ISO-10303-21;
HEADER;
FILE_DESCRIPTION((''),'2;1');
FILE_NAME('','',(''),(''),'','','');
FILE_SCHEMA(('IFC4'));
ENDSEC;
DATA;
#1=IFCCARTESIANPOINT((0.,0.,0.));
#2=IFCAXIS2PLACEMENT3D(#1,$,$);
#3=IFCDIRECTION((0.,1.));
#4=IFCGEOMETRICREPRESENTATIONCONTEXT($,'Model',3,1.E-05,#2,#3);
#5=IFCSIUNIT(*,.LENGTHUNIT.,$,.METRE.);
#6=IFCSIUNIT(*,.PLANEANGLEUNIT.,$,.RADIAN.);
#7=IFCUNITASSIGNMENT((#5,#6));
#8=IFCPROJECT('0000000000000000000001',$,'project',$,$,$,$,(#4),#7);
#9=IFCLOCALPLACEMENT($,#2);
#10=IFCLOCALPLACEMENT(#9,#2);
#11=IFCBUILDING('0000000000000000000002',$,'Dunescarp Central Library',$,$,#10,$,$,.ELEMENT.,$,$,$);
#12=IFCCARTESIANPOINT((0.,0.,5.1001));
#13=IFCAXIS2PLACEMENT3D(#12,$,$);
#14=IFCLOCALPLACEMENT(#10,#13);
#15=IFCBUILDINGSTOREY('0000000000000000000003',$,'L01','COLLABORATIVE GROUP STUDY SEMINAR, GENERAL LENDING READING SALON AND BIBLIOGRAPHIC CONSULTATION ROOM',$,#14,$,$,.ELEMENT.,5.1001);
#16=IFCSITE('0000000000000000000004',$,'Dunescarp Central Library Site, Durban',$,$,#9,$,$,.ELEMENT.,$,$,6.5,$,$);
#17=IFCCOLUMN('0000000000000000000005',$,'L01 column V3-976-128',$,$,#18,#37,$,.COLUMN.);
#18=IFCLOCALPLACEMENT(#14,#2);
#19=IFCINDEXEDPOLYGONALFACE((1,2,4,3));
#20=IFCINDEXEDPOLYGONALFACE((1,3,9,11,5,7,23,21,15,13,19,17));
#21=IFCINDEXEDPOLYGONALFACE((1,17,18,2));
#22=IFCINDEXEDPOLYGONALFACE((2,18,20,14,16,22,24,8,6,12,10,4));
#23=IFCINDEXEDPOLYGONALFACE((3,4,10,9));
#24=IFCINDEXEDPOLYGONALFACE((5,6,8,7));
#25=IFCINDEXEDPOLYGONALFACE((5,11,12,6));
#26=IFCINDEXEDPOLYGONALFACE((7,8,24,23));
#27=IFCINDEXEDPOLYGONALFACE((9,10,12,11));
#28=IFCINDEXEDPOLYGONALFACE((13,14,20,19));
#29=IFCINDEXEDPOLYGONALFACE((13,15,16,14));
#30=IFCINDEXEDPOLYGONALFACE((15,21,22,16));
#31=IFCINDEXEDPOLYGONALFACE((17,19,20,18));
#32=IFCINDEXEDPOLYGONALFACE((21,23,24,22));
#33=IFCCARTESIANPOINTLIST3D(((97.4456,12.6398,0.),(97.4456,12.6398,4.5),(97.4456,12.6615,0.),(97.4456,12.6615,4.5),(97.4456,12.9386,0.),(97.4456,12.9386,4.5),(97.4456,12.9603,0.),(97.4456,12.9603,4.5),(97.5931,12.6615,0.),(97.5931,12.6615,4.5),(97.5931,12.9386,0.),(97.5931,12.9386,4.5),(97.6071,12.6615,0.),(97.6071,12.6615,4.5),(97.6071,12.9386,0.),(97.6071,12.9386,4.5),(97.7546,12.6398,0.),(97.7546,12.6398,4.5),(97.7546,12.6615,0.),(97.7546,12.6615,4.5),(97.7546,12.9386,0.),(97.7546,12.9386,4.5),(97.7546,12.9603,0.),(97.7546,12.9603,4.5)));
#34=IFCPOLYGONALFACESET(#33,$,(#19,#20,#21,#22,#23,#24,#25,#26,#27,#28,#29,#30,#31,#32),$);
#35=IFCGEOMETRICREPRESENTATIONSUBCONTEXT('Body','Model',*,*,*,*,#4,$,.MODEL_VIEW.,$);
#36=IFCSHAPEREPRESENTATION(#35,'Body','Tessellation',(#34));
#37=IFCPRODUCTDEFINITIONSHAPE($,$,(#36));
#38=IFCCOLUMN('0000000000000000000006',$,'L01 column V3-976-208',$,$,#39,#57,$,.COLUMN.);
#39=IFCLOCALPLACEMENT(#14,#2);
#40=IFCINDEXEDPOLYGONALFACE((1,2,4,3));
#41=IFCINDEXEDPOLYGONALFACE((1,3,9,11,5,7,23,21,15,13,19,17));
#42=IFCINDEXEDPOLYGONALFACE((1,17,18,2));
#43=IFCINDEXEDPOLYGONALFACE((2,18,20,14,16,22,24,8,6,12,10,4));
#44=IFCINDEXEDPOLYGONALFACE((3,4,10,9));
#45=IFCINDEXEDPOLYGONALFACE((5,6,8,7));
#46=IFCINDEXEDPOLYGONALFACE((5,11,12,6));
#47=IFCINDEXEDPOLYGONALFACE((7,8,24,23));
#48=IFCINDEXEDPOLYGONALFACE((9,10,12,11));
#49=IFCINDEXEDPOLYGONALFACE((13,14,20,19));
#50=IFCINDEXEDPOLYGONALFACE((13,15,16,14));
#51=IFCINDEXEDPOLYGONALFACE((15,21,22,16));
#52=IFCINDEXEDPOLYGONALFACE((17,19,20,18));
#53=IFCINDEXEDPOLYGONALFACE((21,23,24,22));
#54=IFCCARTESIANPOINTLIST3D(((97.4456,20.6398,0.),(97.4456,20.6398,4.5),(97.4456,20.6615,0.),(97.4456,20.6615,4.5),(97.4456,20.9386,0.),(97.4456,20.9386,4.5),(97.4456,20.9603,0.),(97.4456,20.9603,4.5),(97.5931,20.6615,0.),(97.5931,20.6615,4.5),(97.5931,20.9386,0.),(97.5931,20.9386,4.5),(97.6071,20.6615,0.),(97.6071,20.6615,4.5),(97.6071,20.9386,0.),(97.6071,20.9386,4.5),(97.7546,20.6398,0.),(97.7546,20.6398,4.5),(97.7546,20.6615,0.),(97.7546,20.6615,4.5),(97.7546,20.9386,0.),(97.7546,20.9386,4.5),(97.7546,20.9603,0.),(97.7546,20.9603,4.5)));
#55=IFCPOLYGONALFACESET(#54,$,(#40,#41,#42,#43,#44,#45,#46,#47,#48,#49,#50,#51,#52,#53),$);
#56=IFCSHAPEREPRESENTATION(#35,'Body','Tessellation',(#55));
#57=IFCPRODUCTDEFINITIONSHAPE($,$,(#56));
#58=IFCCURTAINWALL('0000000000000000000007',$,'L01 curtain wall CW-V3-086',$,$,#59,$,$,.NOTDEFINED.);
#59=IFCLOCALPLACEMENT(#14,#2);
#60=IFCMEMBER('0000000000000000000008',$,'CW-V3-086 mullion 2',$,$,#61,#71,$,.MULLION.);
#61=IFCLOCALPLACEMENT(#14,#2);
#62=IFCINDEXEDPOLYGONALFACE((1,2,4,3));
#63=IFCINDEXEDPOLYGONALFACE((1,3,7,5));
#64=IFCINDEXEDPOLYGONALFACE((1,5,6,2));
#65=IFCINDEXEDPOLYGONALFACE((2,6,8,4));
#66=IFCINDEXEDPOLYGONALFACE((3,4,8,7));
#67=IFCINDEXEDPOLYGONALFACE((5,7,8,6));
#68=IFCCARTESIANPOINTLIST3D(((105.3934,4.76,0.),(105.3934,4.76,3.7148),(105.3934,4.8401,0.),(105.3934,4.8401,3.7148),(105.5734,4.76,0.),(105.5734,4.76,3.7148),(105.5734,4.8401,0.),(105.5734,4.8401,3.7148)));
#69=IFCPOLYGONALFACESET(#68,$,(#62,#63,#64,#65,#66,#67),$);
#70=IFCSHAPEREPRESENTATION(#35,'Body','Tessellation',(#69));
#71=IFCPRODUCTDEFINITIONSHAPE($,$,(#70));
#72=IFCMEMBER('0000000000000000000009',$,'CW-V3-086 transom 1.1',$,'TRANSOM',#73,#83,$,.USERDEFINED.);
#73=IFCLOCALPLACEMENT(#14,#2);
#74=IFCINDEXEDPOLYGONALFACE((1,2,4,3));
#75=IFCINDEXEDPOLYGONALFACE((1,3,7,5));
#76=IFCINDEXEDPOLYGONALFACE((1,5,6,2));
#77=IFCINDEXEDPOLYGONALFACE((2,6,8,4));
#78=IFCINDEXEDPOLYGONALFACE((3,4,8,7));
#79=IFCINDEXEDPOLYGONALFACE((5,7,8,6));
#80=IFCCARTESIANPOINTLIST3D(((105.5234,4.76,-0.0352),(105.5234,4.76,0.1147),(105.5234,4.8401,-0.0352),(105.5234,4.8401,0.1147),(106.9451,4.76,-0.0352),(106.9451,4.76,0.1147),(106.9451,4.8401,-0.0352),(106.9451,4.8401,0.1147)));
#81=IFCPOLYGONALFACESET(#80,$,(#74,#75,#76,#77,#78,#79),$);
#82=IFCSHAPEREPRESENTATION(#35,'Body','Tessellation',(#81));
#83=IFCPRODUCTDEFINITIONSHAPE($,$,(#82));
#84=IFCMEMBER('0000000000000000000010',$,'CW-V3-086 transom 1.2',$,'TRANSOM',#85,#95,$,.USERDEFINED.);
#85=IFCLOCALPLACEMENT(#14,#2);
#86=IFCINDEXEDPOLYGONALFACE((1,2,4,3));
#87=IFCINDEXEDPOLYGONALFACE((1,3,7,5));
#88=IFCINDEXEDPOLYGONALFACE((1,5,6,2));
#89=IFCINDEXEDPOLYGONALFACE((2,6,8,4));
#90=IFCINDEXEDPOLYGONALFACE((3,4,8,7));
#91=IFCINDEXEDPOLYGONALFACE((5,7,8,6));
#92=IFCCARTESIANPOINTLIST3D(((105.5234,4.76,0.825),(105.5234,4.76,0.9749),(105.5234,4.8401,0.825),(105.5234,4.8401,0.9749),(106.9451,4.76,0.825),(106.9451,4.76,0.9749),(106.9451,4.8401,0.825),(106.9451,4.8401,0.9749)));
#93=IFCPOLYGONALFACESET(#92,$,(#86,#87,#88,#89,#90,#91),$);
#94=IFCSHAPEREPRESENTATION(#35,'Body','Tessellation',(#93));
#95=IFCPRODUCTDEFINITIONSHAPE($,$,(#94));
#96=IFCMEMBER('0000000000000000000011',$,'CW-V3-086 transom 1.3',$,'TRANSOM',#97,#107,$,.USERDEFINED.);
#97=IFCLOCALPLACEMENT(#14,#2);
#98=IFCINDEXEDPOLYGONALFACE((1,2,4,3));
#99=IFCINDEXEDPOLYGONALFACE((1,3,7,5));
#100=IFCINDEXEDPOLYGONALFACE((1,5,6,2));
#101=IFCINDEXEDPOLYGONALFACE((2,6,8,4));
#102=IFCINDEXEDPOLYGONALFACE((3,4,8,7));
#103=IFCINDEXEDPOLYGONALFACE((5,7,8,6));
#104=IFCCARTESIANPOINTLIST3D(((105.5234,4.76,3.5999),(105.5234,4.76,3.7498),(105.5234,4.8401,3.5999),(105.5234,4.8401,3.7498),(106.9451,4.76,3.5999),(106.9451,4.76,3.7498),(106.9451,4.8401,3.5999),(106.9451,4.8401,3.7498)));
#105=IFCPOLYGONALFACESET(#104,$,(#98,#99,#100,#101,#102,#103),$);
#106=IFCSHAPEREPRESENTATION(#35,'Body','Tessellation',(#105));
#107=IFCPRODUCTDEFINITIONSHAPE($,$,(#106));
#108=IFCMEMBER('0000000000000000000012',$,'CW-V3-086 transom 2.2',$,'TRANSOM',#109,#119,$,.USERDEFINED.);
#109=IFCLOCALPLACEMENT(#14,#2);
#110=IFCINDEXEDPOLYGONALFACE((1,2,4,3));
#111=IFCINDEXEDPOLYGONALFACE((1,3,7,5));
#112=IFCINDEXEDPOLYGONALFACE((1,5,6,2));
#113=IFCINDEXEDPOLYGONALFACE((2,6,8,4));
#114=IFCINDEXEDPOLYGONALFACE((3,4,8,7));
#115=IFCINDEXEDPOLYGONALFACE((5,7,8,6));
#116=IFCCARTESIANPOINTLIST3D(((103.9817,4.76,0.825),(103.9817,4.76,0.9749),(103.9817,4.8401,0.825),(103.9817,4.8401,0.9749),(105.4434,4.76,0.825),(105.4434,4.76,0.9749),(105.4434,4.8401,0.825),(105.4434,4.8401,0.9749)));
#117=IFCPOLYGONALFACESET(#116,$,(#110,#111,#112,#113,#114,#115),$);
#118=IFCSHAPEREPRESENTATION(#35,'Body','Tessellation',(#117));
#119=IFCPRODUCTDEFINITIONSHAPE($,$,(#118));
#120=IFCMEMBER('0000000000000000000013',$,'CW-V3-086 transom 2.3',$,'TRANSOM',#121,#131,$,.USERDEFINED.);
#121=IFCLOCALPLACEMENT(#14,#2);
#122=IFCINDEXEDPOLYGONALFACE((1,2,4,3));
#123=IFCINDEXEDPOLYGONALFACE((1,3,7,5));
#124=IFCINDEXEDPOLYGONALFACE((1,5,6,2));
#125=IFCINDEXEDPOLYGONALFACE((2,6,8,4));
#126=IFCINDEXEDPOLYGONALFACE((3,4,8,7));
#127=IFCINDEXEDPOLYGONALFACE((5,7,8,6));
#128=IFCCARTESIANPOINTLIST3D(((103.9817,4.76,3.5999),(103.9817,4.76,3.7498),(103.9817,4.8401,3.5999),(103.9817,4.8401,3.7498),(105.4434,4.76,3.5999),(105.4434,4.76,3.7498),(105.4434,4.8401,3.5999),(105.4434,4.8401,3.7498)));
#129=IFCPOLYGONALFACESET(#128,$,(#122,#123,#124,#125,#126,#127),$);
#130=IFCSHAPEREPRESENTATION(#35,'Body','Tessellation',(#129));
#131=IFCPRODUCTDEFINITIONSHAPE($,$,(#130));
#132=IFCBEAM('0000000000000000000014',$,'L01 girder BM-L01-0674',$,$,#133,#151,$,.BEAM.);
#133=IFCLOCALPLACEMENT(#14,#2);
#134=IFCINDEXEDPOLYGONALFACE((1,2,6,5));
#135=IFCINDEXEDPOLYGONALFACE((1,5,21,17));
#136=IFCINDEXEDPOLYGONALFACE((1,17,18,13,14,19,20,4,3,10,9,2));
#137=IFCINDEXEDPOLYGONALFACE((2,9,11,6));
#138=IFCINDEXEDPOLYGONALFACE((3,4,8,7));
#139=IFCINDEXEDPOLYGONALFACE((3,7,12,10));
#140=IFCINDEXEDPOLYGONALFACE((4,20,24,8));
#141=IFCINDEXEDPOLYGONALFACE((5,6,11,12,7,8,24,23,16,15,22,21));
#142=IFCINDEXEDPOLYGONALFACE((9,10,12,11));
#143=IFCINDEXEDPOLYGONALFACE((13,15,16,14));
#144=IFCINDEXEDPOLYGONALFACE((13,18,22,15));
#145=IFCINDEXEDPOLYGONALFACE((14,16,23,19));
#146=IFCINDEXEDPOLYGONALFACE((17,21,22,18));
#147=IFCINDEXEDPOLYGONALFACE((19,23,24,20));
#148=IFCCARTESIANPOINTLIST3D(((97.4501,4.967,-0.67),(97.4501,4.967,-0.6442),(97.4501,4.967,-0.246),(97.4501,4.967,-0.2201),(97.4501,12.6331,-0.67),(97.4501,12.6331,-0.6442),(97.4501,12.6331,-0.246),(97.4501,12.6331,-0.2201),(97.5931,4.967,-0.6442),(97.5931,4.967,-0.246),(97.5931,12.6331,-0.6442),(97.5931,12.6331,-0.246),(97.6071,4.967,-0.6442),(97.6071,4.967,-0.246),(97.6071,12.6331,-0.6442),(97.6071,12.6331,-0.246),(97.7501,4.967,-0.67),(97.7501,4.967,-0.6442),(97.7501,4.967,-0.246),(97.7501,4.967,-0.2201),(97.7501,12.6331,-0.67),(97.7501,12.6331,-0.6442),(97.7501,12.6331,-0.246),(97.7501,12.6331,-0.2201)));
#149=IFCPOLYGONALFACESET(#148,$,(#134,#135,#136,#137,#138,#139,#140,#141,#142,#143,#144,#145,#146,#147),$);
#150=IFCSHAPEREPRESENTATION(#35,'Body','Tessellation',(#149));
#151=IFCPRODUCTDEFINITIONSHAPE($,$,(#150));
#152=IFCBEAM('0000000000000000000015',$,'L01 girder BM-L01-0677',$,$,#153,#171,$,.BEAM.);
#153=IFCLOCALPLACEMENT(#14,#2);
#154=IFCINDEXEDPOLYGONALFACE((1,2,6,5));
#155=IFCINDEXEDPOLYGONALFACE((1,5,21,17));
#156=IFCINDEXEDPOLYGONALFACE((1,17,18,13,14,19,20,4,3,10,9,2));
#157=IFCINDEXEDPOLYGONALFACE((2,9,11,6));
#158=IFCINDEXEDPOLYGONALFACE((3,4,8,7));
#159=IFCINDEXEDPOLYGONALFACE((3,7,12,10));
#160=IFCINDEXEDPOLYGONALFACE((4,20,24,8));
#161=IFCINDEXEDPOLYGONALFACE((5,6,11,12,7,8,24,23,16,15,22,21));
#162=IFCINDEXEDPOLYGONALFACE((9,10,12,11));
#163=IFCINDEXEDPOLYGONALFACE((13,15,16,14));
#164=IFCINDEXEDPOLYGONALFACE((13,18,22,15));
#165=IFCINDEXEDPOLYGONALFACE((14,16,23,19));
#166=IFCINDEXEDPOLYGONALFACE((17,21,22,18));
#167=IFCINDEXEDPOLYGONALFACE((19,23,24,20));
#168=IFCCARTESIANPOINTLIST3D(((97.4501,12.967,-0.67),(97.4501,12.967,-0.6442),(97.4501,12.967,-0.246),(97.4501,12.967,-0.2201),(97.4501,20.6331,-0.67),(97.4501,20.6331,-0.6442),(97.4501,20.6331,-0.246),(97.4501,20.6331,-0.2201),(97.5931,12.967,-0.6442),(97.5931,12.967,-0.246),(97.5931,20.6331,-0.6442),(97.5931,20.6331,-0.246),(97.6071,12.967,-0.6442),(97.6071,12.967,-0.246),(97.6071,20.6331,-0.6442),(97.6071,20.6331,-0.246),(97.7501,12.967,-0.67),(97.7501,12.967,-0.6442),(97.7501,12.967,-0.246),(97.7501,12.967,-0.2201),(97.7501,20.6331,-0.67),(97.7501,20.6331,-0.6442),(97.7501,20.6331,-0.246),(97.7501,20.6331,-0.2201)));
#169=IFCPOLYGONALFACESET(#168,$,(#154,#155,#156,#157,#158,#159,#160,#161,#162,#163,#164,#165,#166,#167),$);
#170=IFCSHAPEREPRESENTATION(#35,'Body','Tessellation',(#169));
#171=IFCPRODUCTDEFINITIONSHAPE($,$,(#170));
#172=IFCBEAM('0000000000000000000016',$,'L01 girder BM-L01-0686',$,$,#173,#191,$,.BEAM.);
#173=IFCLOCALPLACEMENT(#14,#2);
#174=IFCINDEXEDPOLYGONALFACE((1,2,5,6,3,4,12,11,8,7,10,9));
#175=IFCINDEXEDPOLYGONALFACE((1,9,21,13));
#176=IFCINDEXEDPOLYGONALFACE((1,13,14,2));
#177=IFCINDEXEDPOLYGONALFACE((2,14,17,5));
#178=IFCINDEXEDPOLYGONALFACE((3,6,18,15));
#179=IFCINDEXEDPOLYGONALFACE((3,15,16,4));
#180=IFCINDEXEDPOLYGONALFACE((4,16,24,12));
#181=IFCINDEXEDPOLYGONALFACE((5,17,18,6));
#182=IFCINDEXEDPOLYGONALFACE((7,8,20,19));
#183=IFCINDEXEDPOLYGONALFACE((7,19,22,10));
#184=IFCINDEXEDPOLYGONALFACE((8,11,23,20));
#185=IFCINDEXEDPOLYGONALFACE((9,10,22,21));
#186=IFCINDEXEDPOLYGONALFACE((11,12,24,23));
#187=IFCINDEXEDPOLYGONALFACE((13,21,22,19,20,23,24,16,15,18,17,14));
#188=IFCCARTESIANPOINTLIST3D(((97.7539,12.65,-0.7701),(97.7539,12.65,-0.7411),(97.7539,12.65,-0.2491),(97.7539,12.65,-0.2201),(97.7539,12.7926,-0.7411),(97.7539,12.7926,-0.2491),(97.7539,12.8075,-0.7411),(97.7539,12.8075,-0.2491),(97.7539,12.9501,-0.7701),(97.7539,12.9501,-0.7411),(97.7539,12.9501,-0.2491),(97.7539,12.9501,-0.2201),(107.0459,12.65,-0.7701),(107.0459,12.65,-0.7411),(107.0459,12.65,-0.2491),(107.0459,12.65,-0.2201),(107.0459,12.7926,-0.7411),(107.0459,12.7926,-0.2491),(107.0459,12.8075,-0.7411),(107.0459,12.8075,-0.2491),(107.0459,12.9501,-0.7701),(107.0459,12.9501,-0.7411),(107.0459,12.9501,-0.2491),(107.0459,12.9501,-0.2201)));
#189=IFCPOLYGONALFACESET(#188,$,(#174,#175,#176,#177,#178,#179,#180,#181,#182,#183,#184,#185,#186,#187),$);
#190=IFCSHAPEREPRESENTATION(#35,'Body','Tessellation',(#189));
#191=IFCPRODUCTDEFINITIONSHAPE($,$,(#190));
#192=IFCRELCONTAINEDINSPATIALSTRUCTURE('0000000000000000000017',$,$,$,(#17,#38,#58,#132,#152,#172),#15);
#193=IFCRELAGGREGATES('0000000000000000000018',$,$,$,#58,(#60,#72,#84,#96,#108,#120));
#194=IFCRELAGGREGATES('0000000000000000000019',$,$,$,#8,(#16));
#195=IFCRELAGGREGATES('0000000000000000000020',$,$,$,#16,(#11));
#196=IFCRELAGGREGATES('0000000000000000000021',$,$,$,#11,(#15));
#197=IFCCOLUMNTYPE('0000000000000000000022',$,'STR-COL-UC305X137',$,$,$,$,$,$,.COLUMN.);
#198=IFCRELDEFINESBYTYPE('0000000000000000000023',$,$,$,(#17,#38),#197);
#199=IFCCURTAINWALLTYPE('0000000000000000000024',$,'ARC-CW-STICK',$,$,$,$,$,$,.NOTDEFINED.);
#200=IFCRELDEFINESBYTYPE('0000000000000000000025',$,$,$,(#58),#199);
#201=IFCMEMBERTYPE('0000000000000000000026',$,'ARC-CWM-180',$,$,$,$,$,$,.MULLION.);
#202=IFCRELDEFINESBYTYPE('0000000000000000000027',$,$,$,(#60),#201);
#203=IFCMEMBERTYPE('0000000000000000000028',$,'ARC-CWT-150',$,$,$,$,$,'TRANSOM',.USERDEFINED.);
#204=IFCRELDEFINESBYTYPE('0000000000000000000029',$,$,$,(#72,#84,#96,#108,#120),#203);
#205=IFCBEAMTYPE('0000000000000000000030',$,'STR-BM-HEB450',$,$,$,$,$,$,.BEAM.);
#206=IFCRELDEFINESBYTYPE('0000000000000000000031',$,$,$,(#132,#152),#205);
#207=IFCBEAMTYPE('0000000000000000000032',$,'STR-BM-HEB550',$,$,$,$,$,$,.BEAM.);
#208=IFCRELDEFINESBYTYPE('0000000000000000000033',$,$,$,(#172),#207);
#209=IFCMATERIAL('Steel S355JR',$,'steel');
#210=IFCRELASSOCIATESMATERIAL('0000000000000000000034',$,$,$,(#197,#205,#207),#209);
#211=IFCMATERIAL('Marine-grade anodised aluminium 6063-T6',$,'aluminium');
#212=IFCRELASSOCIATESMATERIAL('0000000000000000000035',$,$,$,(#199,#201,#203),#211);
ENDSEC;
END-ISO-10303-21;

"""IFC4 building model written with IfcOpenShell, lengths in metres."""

from ifc_helpers import new_model, si_unit, direction, frame, origin, origin_2d, place, context, subcontext, project, spatial, rectangle, i_section, extrude, material, material_profile, profile_set, type_object, element, aggregate, save


model = new_model("IFC4")

# Units and contexts
model_context = context("Model", 3, precision=1e-05, world=origin(), true_north=direction((0.0, 1.0)))
body_context = subcontext(model_context, "Body", "Model", "MODEL_VIEW")
ifc_project = project(units=[si_unit("LENGTHUNIT", "METRE"), si_unit("PLANEANGLEUNIT", "RADIAN")], contexts=[model_context])

# Site, building, storey
site_placement = place(None, origin())
site = spatial("IfcSite", under=ifc_project, at=site_placement, Name="Dunescarp Central Library Site, Durban", CompositionType="ELEMENT", RefElevation=6.5)
building_placement = place(site_placement, origin())
building = spatial("IfcBuilding", under=site, at=building_placement, Name="Dunescarp Central Library", CompositionType="ELEMENT")
storey_placement = place(building_placement, frame((0.0, 0.0, 5.1001)))
storey = spatial("IfcBuildingStorey", under=building, at=storey_placement, Name="L01", Description="COLLABORATIVE GROUP STUDY SEMINAR, GENERAL LENDING READING SALON AND BIBLIOGRAPHIC CONSULTATION ROOM", CompositionType="ELEMENT", Elevation=5.1001)

# Columns
ifc_material_1 = material(Name="Steel S355JR", Category="steel")
ifc_material_profile_1 = material_profile(ifc_material_1, i_section(OverallWidth=0.3091, OverallDepth=0.3206, WebThickness=0.0139, FlangeThickness=0.0217, at=origin_2d()), Name="UC 305x305x137")
ifc_profile_set_1 = profile_set([ifc_material_profile_1], Name="Steel S355JR")
column_type = type_object("IfcColumnType", Name="STR-COL-UC305X137", PredefinedType="COLUMN", material=ifc_profile_set_1)
for number, where, z_axis, x_axis, name in (
    (1, (97.6001, 12.8, 0.0), (0.0, 0.0, 1.0), (1.0, 0.0, 0.0), "L01 column V3-976-128"),
    (2, (97.6001, 20.8, 0.0), (0.0, 0.0, 1.0), (1.0, 0.0, 0.0), "L01 column V3-976-208"),
):
    element("IfcColumn", number, at=place(storey_placement, frame(where, z_axis=z_axis, x_axis=x_axis)), inside=storey, type_object=column_type, Name=name, PredefinedType="COLUMN", context=body_context, shape_type="SweptSolid", body=[
        extrude(i_section(OverallWidth=0.3091, OverallDepth=0.3206, WebThickness=0.0139, FlangeThickness=0.0217, at=origin_2d()), origin(), (0.0, 0.0, 1.0), 4.5),
    ])

# Curtain wall, members
ifc_material_2 = material(Name="Marine-grade anodised aluminium 6063-T6", Category="aluminium")
curtain_wall_type = type_object("IfcCurtainWallType", Name="ARC-CW-STICK", PredefinedType="NOTDEFINED", material=ifc_material_2)
curtain_wall_placement = place(storey_placement, origin())
curtain_wall = element("IfcCurtainWall", 3, at=curtain_wall_placement, inside=storey, type_object=curtain_wall_type, Name="L01 curtain wall CW-V3-086", PredefinedType="NOTDEFINED")
ifc_material_profile_2 = material_profile(ifc_material_2, rectangle(XDim=0.0801, YDim=0.1799, at=origin_2d()), Name="AL 80x180")
ifc_profile_set_2 = profile_set([ifc_material_profile_2], Name="Marine-grade anodised aluminium 6063-T6")
member_type_1 = type_object("IfcMemberType", Name="ARC-CWM-180", PredefinedType="MULLION", material=ifc_profile_set_2)
member_1_placement = place(storey_placement, frame((105.4834, 4.8, 0.0), z_axis=(0.0, 0.0, 1.0), x_axis=(0.0, -1.0, 0.0)))
member_1 = element("IfcMember", 4, at=member_1_placement, type_object=member_type_1, Name="CW-V3-086 mullion 2", PredefinedType="MULLION", context=body_context, shape_type="SweptSolid", body=[
    extrude(rectangle(XDim=0.0801, YDim=0.1799, at=origin_2d()), origin(), (0.0, 0.0, 1.0), 3.7148),
])
ifc_material_profile_3 = material_profile(ifc_material_2, rectangle(XDim=0.0801, YDim=0.1499, at=origin_2d()), Name="AL 80x150")
ifc_profile_set_3 = profile_set([ifc_material_profile_3], Name="Marine-grade anodised aluminium 6063-T6")
member_type_2 = type_object("IfcMemberType", Name="ARC-CWT-150", ElementType="TRANSOM", PredefinedType="USERDEFINED", material=ifc_profile_set_3)
member_2_placement = place(storey_placement, frame((106.9451, 4.8, 0.0398), z_axis=(-1.0, 0.0, 0.0), x_axis=(0.0, -1.0, 0.0)))
member_2 = element("IfcMember", 5, at=member_2_placement, type_object=member_type_2, Name="CW-V3-086 transom 1.1", ObjectType="TRANSOM", PredefinedType="USERDEFINED", context=body_context, shape_type="SweptSolid", body=[
    extrude(rectangle(XDim=0.0801, YDim=0.1499, at=origin_2d()), origin(), (0.0, 0.0, 1.0), 1.4216),
])
member_3_placement = place(storey_placement, frame((106.9451, 4.8, 0.8999), z_axis=(-1.0, 0.0, 0.0), x_axis=(0.0, -1.0, 0.0)))
member_3 = element("IfcMember", 6, at=member_3_placement, type_object=member_type_2, Name="CW-V3-086 transom 1.2", ObjectType="TRANSOM", PredefinedType="USERDEFINED", context=body_context, shape_type="SweptSolid", body=[
    extrude(rectangle(XDim=0.0801, YDim=0.1499, at=origin_2d()), origin(), (0.0, 0.0, 1.0), 1.4216),
])
member_4_placement = place(storey_placement, frame((106.9451, 4.8, 3.6748), z_axis=(-1.0, 0.0, 0.0), x_axis=(0.0, -1.0, 0.0)))
member_4 = element("IfcMember", 7, at=member_4_placement, type_object=member_type_2, Name="CW-V3-086 transom 1.3", ObjectType="TRANSOM", PredefinedType="USERDEFINED", context=body_context, shape_type="SweptSolid", body=[
    extrude(rectangle(XDim=0.0801, YDim=0.1499, at=origin_2d()), origin(), (0.0, 0.0, 1.0), 1.4216),
])
member_5_placement = place(storey_placement, frame((105.4434, 4.8, 0.8999), z_axis=(-1.0, 0.0, 0.0), x_axis=(0.0, -1.0, 0.0)))
member_5 = element("IfcMember", 8, at=member_5_placement, type_object=member_type_2, Name="CW-V3-086 transom 2.2", ObjectType="TRANSOM", PredefinedType="USERDEFINED", context=body_context, shape_type="SweptSolid", body=[
    extrude(rectangle(XDim=0.0801, YDim=0.1499, at=origin_2d()), origin(), (0.0, 0.0, 1.0), 1.4617),
])
member_6_placement = place(storey_placement, frame((105.4434, 4.8, 3.6748), z_axis=(-1.0, 0.0, 0.0), x_axis=(0.0, -1.0, 0.0)))
member_6 = element("IfcMember", 9, at=member_6_placement, type_object=member_type_2, Name="CW-V3-086 transom 2.3", ObjectType="TRANSOM", PredefinedType="USERDEFINED", context=body_context, shape_type="SweptSolid", body=[
    extrude(rectangle(XDim=0.0801, YDim=0.1499, at=origin_2d()), origin(), (0.0, 0.0, 1.0), 1.4617),
])

# Beams
ifc_material_profile_4 = material_profile(ifc_material_1, i_section(OverallWidth=0.3, OverallDepth=0.45, WebThickness=0.0139, FlangeThickness=0.0259, at=origin_2d()), Name="HEB 450")
ifc_profile_set_4 = profile_set([ifc_material_profile_4], Name="Steel S355JR")
beam_type_1 = type_object("IfcBeamType", Name="STR-BM-HEB450", PredefinedType="BEAM", material=ifc_profile_set_4)
for number, where, z_axis, x_axis, name in (
    (10, (97.6001, 4.967, -0.4451), (0.0, 1.0, 0.0), (-1.0, 0.0, 0.0), "L01 girder BM-L01-0674"),
    (11, (97.6001, 12.967, -0.4451), (0.0, 1.0, 0.0), (-1.0, 0.0, 0.0), "L01 girder BM-L01-0677"),
):
    element("IfcBeam", number, at=place(storey_placement, frame(where, z_axis=z_axis, x_axis=x_axis)), inside=storey, type_object=beam_type_1, Name=name, PredefinedType="BEAM", context=body_context, shape_type="SweptSolid", body=[
        extrude(i_section(OverallWidth=0.3, OverallDepth=0.45, WebThickness=0.0139, FlangeThickness=0.0259, at=origin_2d()), origin(), (0.0, 0.0, 1.0), 7.666),
    ])
ifc_material_profile_5 = material_profile(ifc_material_1, i_section(OverallWidth=0.3, OverallDepth=0.55, WebThickness=0.0149, FlangeThickness=0.0291, at=origin_2d()), Name="HEB 550")
ifc_profile_set_5 = profile_set([ifc_material_profile_5], Name="Steel S355JR")
beam_type_2 = type_object("IfcBeamType", Name="STR-BM-HEB550", PredefinedType="BEAM", material=ifc_profile_set_5)
for number, where, z_axis, x_axis, name in (
    (12, (97.7539, 12.8, -0.4951), (1.0, 0.0, 0.0), (0.0, 1.0, 0.0), "L01 girder BM-L01-0686"),
):
    element("IfcBeam", number, at=place(storey_placement, frame(where, z_axis=z_axis, x_axis=x_axis)), inside=storey, type_object=beam_type_2, Name=name, PredefinedType="BEAM", context=body_context, shape_type="SweptSolid", body=[
        extrude(i_section(OverallWidth=0.3, OverallDepth=0.55, WebThickness=0.0149, FlangeThickness=0.0291, at=origin_2d()), origin(), (0.0, 0.0, 1.0), 9.292),
    ])

aggregate(curtain_wall, [member_1, member_2, member_3, member_4, member_5, member_6])

save(model, "model.ifc")
